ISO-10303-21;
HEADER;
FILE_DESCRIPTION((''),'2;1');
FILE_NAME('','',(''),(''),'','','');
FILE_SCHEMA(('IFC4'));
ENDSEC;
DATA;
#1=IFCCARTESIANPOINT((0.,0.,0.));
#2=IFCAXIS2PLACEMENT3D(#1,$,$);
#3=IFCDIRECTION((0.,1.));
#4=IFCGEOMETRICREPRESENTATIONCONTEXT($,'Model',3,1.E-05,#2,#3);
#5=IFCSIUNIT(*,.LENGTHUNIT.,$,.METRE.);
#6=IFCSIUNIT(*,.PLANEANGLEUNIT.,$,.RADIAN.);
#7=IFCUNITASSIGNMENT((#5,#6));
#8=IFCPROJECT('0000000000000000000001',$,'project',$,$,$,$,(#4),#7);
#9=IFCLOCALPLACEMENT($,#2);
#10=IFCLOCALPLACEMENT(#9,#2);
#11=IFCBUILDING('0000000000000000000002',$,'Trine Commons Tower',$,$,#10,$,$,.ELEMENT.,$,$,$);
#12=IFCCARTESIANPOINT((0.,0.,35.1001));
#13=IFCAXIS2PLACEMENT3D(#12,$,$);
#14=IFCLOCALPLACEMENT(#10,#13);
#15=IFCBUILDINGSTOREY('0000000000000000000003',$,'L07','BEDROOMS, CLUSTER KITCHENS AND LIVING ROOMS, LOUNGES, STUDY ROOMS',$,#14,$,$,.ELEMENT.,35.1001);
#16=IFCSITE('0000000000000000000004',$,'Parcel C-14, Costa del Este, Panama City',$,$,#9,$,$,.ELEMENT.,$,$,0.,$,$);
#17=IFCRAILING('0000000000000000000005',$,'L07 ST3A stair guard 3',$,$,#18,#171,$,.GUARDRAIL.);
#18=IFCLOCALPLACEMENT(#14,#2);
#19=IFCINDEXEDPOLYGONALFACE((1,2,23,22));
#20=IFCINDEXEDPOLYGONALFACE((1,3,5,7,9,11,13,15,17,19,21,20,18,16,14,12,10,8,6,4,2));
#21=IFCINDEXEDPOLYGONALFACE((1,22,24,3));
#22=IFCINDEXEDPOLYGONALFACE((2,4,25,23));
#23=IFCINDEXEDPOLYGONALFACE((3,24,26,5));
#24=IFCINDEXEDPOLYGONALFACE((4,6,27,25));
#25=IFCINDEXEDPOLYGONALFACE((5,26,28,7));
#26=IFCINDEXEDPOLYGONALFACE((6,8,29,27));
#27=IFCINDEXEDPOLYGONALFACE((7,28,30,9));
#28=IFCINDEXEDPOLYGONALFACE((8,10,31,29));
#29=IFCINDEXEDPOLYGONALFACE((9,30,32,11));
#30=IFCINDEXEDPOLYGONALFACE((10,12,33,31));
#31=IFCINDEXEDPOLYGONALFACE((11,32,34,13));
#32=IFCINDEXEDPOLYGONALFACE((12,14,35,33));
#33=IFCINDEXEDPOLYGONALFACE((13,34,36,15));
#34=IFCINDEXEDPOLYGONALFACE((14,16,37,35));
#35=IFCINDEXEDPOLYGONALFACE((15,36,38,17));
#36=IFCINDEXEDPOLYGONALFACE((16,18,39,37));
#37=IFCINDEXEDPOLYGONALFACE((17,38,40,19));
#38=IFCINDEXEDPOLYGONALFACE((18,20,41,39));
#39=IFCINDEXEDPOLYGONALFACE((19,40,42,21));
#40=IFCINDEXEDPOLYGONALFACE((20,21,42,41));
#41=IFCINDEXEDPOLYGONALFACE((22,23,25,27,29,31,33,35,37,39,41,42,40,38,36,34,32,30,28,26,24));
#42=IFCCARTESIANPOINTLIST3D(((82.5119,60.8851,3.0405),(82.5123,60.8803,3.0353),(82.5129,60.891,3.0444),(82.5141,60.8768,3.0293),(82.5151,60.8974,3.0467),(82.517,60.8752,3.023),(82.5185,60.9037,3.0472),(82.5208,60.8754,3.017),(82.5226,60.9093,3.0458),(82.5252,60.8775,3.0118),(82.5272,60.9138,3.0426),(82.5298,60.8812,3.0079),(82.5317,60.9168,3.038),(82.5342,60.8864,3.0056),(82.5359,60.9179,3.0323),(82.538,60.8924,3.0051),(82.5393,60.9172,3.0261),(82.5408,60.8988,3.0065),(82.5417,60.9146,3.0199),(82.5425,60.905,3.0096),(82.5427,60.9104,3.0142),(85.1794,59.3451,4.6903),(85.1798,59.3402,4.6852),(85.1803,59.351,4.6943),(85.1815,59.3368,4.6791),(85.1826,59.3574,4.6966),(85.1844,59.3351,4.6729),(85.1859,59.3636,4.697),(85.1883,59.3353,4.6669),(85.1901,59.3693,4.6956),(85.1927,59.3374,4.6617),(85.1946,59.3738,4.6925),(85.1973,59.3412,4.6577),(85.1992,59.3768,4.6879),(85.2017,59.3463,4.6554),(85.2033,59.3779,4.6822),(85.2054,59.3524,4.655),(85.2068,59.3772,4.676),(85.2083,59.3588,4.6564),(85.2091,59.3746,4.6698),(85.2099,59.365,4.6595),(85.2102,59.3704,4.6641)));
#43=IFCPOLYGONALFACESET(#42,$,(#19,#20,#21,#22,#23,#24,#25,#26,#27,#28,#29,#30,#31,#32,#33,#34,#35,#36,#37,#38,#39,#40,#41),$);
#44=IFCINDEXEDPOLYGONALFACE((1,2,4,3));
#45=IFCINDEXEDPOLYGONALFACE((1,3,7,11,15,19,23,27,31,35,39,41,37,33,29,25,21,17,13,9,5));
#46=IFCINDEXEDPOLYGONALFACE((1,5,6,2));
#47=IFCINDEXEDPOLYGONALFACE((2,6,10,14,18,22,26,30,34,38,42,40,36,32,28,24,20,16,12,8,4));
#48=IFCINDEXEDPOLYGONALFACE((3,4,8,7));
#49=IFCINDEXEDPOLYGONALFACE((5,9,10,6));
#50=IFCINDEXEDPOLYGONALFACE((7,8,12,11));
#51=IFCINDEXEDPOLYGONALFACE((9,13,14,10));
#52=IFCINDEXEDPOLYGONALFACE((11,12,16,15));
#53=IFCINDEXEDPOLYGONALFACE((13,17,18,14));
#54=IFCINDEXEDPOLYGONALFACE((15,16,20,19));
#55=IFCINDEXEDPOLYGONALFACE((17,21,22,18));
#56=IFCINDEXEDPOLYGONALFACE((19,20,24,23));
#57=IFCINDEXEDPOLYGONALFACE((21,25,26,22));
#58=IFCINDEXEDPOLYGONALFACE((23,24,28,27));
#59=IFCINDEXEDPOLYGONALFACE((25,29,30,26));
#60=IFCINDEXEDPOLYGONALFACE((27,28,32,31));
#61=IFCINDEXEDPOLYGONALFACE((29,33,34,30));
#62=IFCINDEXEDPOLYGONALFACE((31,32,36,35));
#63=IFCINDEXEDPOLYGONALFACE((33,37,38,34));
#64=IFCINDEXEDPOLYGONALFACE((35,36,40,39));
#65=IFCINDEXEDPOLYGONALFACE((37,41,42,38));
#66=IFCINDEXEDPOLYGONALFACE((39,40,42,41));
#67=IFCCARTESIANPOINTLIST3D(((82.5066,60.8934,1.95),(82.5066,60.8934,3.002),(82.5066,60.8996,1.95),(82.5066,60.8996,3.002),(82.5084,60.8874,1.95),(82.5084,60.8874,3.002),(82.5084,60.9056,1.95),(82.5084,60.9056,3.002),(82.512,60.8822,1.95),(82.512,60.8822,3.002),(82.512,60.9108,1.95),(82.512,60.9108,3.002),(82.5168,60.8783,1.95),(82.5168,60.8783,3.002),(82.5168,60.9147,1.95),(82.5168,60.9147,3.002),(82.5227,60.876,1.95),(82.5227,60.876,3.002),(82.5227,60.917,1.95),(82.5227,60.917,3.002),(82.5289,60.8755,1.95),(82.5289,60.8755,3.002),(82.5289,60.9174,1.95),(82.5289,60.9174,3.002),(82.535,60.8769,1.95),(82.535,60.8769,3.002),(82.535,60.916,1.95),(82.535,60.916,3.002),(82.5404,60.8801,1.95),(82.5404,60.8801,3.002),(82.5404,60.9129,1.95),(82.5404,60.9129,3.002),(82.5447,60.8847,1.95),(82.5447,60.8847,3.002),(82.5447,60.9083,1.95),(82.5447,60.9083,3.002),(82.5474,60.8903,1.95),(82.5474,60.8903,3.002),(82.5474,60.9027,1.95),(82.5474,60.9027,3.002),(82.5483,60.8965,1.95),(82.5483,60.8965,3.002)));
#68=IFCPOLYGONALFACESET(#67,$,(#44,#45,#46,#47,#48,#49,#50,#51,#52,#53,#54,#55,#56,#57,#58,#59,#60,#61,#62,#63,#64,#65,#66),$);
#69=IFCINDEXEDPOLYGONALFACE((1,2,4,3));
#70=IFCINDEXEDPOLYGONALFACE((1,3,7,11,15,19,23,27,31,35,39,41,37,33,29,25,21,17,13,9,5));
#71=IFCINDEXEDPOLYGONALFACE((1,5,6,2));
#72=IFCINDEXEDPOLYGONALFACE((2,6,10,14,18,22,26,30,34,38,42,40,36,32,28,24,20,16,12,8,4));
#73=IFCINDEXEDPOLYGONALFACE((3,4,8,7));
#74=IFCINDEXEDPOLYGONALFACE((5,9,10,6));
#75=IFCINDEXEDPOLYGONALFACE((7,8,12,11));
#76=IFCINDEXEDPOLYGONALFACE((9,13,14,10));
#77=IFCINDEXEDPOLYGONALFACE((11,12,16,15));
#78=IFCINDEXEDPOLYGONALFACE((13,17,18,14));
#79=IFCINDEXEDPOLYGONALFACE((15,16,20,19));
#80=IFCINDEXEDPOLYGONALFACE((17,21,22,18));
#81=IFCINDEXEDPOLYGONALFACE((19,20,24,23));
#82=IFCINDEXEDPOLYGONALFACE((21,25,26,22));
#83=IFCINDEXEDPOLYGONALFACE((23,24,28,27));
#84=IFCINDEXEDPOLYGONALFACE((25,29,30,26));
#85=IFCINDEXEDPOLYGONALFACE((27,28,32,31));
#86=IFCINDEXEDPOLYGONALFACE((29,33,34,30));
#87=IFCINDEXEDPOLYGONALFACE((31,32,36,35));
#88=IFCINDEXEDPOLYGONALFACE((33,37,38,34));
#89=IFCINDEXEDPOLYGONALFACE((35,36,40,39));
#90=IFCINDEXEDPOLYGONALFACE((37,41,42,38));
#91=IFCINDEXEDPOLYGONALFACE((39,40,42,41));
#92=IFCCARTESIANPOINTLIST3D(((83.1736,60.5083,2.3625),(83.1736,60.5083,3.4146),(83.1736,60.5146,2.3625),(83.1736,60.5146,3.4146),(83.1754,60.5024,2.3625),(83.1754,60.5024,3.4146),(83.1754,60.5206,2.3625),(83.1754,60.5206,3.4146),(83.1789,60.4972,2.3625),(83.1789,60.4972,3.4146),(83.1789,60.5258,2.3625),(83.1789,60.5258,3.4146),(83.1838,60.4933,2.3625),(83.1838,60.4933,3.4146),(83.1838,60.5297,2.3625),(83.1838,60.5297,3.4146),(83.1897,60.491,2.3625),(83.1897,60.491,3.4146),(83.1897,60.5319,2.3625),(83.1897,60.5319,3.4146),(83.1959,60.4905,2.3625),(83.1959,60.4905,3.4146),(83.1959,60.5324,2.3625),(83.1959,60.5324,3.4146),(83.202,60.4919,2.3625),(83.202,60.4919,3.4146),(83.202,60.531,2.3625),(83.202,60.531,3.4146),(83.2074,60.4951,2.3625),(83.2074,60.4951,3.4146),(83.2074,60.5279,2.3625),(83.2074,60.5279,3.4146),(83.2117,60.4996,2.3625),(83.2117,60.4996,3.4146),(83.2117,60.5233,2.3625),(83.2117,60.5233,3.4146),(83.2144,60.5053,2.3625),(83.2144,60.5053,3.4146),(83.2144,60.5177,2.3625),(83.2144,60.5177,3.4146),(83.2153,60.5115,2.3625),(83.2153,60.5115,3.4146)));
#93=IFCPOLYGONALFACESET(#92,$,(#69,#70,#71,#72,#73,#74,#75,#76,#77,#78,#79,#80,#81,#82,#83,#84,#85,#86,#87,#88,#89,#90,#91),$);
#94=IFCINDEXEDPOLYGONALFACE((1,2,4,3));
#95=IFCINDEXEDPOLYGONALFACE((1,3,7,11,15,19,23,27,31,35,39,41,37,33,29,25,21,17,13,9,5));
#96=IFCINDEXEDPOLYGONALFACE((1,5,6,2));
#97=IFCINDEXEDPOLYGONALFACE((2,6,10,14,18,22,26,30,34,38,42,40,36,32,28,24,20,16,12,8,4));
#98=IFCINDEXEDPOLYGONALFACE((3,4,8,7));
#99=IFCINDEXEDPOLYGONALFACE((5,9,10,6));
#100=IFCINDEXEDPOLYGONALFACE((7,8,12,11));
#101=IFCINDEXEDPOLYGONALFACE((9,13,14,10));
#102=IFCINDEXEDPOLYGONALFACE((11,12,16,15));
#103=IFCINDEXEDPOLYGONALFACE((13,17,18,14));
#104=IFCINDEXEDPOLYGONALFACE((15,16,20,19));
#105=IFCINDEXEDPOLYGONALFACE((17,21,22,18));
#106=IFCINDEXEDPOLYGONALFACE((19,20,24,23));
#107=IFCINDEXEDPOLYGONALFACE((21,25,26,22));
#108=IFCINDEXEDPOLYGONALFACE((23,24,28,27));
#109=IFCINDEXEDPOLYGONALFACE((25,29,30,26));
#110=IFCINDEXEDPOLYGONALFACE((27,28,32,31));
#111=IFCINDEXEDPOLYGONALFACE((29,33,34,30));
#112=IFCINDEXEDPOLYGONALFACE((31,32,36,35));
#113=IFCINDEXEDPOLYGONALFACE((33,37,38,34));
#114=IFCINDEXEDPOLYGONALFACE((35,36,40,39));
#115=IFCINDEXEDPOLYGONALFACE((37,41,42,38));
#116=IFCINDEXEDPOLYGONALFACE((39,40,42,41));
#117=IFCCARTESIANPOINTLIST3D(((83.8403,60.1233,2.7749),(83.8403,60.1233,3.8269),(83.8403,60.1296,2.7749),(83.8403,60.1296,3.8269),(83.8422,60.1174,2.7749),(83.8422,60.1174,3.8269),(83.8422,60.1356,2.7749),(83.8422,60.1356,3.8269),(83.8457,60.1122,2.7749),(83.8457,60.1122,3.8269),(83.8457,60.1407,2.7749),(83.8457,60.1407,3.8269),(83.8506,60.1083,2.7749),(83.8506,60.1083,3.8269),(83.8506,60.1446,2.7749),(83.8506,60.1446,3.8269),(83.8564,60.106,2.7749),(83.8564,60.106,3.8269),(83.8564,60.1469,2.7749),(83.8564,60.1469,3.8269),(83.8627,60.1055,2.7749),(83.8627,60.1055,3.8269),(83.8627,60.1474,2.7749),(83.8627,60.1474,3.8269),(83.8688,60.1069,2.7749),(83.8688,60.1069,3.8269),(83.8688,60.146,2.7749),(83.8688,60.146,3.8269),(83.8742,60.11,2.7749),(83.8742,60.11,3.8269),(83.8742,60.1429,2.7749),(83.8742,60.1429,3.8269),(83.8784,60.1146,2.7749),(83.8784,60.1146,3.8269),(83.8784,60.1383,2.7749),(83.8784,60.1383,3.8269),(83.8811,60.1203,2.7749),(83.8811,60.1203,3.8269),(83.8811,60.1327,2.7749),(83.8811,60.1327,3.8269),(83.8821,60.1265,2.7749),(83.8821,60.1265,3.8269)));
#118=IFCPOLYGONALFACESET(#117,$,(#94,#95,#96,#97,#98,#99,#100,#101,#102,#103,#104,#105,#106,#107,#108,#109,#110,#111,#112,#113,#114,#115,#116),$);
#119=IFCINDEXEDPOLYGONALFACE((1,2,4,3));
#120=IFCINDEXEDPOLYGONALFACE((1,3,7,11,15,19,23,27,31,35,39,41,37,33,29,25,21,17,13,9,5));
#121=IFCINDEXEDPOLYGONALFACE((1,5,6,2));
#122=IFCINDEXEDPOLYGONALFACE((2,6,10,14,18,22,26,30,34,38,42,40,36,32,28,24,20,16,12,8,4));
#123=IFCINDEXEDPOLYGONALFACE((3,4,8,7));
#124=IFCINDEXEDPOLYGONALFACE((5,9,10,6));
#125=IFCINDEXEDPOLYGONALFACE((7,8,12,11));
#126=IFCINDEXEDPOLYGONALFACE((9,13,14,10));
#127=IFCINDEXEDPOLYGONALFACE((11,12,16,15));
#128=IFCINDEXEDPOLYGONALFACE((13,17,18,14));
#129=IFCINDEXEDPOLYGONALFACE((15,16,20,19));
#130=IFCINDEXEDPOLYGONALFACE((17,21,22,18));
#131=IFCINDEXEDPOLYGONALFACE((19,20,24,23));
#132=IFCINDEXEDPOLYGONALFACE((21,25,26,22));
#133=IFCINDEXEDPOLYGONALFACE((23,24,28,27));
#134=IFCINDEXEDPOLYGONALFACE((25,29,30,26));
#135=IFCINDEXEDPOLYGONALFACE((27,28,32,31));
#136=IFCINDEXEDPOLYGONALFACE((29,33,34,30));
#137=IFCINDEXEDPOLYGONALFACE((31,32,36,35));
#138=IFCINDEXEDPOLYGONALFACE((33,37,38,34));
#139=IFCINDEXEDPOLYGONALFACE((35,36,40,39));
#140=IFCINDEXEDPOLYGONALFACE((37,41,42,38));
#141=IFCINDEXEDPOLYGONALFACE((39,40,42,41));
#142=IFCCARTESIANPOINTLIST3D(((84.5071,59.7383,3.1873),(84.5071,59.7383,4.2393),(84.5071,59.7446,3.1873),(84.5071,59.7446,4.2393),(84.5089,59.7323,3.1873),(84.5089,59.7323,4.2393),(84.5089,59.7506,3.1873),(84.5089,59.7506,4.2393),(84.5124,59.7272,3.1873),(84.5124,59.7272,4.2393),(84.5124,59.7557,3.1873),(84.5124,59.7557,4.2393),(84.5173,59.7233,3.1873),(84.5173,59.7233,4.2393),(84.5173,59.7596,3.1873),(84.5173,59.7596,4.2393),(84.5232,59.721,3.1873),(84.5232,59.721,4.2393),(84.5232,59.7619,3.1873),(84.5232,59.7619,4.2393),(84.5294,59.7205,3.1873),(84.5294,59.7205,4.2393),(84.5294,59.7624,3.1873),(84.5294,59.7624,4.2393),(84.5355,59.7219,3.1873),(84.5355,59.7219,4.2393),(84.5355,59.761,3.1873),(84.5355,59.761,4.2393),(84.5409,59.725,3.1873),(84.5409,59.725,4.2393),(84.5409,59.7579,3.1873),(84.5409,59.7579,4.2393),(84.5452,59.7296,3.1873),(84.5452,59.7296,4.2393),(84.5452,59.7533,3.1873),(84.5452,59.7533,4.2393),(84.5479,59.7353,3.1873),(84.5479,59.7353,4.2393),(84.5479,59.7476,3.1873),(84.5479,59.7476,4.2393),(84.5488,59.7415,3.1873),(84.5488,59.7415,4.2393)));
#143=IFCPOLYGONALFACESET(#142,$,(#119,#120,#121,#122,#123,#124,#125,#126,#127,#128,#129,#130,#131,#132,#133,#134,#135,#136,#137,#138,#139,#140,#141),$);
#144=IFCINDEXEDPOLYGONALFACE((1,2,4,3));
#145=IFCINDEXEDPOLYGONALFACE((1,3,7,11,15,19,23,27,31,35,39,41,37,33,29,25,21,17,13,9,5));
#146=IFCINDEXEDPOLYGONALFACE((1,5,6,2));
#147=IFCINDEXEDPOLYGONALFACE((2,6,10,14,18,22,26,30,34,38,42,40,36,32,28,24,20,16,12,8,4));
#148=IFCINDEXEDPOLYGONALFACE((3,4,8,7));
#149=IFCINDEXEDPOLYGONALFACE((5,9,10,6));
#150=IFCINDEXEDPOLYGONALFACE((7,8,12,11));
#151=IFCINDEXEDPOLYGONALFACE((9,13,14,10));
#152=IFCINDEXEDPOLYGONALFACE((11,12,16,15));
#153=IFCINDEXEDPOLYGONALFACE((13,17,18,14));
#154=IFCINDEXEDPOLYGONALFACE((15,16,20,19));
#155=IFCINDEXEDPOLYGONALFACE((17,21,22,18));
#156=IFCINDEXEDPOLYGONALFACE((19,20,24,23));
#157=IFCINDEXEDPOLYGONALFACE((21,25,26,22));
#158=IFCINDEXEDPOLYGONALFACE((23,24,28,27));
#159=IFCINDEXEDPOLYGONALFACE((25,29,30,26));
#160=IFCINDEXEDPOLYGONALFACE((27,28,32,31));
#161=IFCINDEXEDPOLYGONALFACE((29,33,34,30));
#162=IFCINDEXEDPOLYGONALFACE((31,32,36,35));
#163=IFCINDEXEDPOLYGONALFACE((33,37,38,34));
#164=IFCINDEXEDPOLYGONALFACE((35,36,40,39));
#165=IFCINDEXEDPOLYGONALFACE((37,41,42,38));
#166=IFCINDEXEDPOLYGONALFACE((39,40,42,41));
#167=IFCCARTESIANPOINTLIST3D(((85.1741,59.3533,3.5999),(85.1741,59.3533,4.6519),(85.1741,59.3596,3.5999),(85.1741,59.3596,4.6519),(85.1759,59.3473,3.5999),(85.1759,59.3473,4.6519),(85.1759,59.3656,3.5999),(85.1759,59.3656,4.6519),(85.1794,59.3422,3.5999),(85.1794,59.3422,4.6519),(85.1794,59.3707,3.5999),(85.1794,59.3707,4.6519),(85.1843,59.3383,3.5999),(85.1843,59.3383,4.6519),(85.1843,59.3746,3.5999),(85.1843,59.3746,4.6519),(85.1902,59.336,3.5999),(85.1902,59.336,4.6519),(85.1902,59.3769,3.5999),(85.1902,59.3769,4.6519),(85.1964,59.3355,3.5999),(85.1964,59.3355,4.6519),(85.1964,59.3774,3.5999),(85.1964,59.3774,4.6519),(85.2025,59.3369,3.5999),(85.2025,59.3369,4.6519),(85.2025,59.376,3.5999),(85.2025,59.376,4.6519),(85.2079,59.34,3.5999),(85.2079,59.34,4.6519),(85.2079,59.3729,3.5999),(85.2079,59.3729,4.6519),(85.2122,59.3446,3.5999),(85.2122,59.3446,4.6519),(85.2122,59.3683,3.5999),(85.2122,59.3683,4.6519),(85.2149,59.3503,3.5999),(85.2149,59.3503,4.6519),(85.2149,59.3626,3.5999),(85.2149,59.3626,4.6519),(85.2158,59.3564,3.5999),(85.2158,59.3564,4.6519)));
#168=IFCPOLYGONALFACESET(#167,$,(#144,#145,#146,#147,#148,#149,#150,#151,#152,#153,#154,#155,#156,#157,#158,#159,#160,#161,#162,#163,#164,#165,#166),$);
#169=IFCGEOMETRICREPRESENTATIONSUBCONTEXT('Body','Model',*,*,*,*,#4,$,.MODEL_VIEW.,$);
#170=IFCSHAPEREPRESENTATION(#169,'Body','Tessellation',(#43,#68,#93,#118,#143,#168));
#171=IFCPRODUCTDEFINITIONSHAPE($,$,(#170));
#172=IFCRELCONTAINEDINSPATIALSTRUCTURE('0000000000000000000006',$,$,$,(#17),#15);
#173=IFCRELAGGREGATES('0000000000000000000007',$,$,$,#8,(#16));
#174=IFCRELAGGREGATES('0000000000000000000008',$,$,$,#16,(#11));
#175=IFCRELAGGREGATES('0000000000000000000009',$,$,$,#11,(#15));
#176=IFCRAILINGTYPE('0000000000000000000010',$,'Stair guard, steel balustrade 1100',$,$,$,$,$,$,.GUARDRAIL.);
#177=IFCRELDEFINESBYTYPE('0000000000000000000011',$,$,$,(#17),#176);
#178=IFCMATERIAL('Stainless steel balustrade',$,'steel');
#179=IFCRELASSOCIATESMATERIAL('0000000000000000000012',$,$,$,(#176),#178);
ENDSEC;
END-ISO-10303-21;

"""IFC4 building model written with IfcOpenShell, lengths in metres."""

from ifc_helpers import new_model, si_unit, direction, frame, origin, origin_2d, place, context, subcontext, project, spatial, circle, extrude, material, type_object, element, save


model = new_model("IFC4")

# Units and contexts
model_context = context("Model", 3, precision=1e-05, world=origin(), true_north=direction((0.0, 1.0)))
body_context = subcontext(model_context, "Body", "Model", "MODEL_VIEW")
ifc_project = project(units=[si_unit("LENGTHUNIT", "METRE"), si_unit("PLANEANGLEUNIT", "RADIAN")], contexts=[model_context])

# Site, building, storey
site_placement = place(None, origin())
site = spatial("IfcSite", under=ifc_project, at=site_placement, Name="Parcel C-14, Costa del Este, Panama City", CompositionType="ELEMENT", RefElevation=0.0)
building_placement = place(site_placement, origin())
building = spatial("IfcBuilding", under=site, at=building_placement, Name="Trine Commons Tower", CompositionType="ELEMENT")
storey_placement = place(building_placement, frame((0.0, 0.0, 35.1001)))
storey = spatial("IfcBuildingStorey", under=building, at=storey_placement, Name="L07", Description="BEDROOMS, CLUSTER KITCHENS AND LIVING ROOMS, LOUNGES, STUDY ROOMS", CompositionType="ELEMENT", Elevation=35.1001)

# Railing
ifc_material_1 = material(Name="Stainless steel balustrade", Category="steel")
railing_type_1 = type_object("IfcRailingType", Name="Stair guard, steel balustrade 1100", PredefinedType="GUARDRAIL", material=ifc_material_1)
railing_1_placement = place(storey_placement, frame((82.5273, 60.8965, 1.95)))
element("IfcRailing", 1, at=railing_1_placement, inside=storey, type_object=railing_type_1, Name="L07 ST3A stair guard 3", PredefinedType="GUARDRAIL", context=body_context, shape_type="SweptSolid", body=[
    extrude(circle(Radius=0.0239, at=origin_2d()), frame((0.0, 0.0, 1.0762), z_axis=(0.763405, -0.440743, 0.472185), x_axis=(0.499992, 0.86603, 0.0)), (0.0, 0.0, 1.0), 3.4941),
    extrude(circle(Radius=0.021, at=origin_2d()), origin(), (0.0, 0.0, 1.0), 1.052),
    extrude(circle(Radius=0.021, at=origin_2d()), frame((0.667, -0.385, 0.4126)), (0.0, 0.0, 1.0), 1.052),
    extrude(circle(Radius=0.021, at=origin_2d()), frame((1.3337, -0.77, 0.825)), (0.0, 0.0, 1.0), 1.052),
    extrude(circle(Radius=0.021, at=origin_2d()), frame((2.0005, -1.155, 1.2373)), (0.0, 0.0, 1.0), 1.052),
    extrude(circle(Radius=0.021, at=origin_2d()), frame((2.6675, -1.54, 1.6499)), (0.0, 0.0, 1.0), 1.052),
])

save(model, "model.ifc")
